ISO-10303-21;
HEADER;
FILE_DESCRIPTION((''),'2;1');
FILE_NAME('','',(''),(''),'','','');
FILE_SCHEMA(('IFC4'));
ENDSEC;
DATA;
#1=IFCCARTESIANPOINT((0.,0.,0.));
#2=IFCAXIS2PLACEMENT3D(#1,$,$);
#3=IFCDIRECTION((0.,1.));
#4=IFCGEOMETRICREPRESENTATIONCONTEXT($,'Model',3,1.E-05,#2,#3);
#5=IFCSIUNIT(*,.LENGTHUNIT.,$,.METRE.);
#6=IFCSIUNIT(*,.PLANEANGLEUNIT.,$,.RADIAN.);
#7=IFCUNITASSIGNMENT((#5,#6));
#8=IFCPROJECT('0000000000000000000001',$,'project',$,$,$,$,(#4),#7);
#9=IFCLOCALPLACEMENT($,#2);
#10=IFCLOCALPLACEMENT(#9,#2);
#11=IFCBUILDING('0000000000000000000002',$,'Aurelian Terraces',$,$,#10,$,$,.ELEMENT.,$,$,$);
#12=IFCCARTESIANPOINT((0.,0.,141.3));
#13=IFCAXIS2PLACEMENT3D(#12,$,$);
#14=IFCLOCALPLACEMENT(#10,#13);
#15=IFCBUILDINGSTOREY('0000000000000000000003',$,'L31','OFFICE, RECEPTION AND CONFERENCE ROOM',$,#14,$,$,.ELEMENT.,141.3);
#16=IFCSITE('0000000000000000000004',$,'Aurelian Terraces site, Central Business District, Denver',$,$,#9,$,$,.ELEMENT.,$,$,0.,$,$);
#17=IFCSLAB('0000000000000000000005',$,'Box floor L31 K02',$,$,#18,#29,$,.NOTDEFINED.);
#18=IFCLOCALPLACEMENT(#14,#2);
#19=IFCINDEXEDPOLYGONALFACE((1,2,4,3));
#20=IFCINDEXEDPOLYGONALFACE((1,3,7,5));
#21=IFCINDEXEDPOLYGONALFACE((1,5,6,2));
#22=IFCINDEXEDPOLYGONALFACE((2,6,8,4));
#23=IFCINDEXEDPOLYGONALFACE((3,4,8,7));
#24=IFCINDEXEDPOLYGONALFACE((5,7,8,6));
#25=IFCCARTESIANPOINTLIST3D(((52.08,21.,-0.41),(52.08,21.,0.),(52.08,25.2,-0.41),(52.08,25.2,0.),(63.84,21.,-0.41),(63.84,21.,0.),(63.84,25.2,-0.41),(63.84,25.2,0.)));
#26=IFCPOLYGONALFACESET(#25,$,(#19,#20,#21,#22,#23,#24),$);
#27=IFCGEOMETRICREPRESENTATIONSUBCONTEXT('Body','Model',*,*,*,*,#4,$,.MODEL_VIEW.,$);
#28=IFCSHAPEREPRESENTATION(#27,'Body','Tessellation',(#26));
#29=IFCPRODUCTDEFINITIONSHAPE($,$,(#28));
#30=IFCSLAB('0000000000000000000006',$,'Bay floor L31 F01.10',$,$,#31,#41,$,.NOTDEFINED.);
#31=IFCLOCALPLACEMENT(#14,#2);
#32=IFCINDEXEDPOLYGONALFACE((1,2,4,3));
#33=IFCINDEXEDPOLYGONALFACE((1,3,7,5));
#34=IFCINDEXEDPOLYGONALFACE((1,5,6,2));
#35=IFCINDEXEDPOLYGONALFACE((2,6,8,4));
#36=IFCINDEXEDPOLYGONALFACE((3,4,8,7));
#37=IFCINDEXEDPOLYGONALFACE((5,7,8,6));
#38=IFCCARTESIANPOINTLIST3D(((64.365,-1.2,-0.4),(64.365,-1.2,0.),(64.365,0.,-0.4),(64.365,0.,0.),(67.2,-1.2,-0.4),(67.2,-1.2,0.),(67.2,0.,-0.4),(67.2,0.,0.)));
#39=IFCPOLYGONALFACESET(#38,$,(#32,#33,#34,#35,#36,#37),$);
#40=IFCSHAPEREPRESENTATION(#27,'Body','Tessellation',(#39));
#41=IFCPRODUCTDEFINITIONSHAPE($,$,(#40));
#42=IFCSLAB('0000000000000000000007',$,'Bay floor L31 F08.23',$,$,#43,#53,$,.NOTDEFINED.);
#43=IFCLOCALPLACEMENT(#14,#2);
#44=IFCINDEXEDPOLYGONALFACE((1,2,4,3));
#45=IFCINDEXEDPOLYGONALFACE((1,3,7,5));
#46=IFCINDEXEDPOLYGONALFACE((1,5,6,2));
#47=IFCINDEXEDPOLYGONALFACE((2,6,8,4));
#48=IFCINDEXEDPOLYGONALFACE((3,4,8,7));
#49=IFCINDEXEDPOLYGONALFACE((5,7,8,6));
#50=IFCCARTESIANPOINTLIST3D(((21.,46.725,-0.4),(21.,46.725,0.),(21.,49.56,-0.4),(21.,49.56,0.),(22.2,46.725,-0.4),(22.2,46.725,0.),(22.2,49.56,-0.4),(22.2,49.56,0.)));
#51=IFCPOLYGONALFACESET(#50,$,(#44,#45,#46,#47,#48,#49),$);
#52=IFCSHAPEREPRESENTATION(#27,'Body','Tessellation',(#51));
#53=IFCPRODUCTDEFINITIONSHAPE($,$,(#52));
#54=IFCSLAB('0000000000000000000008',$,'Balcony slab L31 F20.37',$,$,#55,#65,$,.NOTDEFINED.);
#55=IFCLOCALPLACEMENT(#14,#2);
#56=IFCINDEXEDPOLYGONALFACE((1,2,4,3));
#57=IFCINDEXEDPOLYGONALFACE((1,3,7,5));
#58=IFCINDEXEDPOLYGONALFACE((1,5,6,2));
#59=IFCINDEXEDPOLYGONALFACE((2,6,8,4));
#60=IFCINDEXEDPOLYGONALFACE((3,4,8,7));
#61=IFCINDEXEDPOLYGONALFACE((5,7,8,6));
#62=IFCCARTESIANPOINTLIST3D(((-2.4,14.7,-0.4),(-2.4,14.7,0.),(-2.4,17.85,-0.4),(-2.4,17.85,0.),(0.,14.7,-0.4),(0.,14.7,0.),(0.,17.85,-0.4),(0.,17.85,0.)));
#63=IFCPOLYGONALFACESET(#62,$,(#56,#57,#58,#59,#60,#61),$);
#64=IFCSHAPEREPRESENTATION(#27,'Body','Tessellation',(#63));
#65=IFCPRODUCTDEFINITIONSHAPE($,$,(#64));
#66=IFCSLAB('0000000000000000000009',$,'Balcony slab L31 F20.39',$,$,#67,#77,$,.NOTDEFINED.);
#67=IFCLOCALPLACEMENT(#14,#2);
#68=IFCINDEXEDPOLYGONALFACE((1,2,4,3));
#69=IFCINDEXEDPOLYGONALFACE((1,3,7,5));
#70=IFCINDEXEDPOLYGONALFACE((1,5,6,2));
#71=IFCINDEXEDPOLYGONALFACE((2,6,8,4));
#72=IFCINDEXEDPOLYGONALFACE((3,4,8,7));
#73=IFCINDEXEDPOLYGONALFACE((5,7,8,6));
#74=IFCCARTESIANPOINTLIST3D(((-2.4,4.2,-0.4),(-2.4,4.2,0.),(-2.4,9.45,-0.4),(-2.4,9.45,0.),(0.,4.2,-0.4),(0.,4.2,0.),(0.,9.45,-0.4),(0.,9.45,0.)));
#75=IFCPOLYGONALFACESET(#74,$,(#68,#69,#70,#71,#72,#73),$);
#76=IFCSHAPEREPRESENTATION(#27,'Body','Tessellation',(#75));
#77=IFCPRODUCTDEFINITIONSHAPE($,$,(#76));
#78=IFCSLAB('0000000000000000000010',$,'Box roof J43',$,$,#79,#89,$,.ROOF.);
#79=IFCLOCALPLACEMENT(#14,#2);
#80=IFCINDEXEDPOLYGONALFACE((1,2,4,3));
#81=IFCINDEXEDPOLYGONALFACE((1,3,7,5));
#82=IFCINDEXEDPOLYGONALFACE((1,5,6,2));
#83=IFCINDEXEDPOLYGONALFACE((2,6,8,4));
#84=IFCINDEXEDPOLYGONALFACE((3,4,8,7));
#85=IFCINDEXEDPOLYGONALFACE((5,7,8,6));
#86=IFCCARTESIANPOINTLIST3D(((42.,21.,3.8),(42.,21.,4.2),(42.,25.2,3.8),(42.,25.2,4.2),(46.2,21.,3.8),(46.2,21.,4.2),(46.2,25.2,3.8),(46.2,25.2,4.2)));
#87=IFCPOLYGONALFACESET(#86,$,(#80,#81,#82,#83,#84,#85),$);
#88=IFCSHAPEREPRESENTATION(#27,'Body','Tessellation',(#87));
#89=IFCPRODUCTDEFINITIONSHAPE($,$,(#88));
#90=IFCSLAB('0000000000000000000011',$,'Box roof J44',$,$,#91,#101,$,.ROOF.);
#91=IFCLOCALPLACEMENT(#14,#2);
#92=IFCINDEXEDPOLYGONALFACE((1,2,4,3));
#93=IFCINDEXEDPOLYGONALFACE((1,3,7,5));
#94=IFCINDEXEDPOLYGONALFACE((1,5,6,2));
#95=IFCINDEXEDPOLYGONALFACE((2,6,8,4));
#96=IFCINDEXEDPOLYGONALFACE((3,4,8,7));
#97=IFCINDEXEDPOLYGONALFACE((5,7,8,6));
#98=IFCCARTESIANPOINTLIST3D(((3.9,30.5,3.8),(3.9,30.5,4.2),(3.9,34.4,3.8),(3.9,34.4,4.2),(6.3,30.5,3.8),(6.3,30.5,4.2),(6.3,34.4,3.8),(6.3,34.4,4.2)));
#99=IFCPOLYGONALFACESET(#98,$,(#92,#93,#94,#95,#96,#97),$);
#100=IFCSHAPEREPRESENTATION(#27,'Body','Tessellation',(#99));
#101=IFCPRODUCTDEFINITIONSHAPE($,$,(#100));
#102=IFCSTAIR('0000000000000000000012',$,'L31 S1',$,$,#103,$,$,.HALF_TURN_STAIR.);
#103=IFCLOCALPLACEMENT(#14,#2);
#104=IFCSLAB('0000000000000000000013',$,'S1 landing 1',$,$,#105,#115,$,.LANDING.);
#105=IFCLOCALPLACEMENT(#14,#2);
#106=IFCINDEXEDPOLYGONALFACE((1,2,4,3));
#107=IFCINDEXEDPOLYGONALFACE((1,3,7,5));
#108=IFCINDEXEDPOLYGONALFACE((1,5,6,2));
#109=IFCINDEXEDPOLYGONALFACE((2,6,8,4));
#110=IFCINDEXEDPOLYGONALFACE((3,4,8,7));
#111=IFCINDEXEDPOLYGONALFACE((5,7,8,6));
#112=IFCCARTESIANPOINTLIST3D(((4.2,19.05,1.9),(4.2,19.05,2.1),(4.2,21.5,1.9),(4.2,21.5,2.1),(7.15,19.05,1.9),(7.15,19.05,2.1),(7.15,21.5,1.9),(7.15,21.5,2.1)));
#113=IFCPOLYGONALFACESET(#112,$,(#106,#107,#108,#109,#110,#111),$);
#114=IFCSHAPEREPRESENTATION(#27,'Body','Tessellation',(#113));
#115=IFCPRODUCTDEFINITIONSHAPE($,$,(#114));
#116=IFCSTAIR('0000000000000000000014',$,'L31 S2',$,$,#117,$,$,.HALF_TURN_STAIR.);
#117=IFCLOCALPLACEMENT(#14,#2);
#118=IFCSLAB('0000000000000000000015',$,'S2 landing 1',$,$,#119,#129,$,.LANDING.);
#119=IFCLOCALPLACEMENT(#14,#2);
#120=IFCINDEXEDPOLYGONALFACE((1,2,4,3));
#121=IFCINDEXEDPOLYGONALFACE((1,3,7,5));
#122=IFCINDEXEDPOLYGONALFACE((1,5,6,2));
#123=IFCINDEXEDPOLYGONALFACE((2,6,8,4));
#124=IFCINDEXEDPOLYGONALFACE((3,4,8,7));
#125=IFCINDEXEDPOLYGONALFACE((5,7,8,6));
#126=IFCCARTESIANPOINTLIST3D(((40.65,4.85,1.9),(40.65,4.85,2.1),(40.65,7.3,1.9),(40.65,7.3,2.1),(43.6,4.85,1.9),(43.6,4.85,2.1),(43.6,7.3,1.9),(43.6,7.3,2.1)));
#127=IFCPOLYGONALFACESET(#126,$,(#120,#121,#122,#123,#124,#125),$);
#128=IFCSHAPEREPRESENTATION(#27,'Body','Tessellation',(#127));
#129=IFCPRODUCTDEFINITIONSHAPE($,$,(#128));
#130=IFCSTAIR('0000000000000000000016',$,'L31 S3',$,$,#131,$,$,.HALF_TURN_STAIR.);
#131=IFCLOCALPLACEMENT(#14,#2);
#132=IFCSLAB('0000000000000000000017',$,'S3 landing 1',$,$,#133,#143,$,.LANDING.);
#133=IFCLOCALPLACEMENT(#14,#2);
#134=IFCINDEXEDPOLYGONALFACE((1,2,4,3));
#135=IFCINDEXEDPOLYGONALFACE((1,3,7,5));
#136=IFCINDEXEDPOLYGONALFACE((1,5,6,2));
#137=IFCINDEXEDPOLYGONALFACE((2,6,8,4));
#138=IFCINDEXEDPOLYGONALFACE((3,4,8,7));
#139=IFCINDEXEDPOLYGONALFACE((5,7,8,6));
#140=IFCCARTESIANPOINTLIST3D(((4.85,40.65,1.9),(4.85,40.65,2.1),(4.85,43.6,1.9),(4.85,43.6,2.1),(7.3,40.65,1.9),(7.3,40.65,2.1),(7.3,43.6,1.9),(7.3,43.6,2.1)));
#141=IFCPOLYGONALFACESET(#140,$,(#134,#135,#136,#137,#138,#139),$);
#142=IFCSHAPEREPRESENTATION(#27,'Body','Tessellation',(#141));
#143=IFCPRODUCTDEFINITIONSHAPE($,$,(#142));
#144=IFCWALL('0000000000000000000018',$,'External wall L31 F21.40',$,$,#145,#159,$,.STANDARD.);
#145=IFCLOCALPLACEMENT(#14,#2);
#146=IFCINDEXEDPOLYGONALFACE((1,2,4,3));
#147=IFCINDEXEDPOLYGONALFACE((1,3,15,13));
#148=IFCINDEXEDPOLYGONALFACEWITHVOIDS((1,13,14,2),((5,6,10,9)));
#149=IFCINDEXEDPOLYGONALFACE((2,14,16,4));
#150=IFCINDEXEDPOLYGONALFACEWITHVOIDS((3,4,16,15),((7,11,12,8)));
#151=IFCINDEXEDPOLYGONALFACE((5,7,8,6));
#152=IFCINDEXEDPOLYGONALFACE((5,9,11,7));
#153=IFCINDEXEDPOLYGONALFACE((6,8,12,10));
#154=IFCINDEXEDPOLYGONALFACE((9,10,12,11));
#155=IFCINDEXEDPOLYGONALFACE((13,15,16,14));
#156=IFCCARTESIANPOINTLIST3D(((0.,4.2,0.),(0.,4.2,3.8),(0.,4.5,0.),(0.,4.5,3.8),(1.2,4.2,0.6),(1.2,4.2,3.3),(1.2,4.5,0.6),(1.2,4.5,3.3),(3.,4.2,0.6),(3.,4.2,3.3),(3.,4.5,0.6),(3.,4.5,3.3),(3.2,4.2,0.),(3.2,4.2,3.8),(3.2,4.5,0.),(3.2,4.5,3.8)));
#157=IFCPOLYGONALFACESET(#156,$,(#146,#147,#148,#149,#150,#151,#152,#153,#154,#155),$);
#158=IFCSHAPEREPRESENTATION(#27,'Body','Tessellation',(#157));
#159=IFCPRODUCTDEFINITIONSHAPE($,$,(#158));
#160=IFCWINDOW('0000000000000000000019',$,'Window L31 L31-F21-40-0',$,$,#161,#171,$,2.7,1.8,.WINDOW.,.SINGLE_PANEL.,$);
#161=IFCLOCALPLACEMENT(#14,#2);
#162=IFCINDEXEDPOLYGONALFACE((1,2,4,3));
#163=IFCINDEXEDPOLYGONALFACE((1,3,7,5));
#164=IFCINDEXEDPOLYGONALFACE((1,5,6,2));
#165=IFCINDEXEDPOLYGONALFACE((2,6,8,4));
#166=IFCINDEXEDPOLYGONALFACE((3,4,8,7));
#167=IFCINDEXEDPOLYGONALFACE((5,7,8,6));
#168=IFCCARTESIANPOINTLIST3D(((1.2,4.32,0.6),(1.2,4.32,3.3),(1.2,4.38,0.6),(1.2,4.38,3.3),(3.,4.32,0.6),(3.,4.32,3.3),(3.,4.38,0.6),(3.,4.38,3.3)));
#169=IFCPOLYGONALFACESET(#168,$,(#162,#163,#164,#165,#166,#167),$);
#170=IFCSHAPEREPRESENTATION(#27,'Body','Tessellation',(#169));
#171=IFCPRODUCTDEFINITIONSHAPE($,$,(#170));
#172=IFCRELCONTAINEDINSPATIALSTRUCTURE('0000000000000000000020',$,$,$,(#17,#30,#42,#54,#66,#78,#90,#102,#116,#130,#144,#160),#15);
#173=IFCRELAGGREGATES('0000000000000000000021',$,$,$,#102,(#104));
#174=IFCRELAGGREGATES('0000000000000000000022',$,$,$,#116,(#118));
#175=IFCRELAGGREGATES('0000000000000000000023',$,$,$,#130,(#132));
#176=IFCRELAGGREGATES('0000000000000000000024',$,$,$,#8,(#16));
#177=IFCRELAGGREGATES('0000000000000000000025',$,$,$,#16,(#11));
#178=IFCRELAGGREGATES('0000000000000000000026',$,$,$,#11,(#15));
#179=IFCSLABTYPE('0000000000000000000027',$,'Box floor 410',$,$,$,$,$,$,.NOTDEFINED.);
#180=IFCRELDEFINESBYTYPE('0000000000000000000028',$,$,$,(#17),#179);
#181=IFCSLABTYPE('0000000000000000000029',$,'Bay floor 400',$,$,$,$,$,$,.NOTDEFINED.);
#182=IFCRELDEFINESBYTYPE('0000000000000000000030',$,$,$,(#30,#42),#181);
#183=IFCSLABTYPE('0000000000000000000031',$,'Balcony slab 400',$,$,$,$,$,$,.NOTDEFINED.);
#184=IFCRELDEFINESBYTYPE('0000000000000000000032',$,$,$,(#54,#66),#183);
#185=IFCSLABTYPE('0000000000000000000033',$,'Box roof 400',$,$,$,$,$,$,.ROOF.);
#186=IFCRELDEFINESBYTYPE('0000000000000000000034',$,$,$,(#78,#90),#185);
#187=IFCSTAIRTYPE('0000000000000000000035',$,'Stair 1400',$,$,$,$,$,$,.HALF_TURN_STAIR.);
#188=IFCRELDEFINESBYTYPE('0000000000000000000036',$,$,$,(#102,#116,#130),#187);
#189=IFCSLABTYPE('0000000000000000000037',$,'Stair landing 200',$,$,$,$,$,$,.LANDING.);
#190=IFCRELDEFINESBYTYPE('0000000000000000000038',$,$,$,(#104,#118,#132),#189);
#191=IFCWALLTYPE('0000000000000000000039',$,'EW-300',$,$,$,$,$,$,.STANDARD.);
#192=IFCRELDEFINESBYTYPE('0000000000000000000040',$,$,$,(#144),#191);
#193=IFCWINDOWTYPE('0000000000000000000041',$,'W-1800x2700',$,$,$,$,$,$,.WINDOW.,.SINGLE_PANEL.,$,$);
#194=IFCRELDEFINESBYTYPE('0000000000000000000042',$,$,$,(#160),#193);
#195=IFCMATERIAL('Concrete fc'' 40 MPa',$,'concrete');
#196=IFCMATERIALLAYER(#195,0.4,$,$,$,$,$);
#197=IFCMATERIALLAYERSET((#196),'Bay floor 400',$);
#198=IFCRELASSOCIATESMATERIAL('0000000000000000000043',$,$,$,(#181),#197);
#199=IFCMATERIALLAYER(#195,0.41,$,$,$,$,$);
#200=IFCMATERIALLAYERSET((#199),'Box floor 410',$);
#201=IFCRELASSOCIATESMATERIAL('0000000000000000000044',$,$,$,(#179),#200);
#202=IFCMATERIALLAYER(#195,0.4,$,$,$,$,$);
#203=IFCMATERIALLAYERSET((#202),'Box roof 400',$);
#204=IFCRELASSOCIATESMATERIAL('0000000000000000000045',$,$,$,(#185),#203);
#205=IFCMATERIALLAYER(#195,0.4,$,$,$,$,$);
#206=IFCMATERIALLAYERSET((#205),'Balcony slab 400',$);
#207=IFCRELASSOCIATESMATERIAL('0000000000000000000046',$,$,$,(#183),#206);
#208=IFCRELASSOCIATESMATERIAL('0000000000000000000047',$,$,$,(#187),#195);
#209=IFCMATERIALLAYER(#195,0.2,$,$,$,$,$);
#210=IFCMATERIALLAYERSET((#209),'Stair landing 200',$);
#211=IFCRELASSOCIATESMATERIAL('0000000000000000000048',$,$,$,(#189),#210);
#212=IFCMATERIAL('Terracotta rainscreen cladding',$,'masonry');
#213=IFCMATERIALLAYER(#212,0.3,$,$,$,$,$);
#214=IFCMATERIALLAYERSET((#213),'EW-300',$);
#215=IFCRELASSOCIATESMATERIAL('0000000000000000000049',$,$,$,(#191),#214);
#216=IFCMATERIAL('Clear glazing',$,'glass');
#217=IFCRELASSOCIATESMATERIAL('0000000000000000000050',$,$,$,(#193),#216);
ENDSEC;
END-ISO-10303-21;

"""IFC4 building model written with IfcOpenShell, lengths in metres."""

from ifc_helpers import new_model, si_unit, direction, frame, frame_2d, origin, place, context, subcontext, project, spatial, polyline, rectangle, outline, extrude, source, transform, mapped, material, layer, layer_set, type_object, element, fill, aggregate, save


model = new_model("IFC4")

# Units and contexts
model_context = context("Model", 3, precision=1e-05, world=origin(), true_north=direction((0.0, 1.0)))
body_context = subcontext(model_context, "Body", "Model", "MODEL_VIEW")
ifc_project = project(units=[si_unit("LENGTHUNIT", "METRE"), si_unit("PLANEANGLEUNIT", "RADIAN")], contexts=[model_context])

# Site, building, storey
site_placement = place(None, origin())
site = spatial("IfcSite", under=ifc_project, at=site_placement, Name="Aurelian Terraces site, Central Business District, Denver", CompositionType="ELEMENT", RefElevation=0.0)
building_placement = place(site_placement, origin())
building = spatial("IfcBuilding", under=site, at=building_placement, Name="Aurelian Terraces", CompositionType="ELEMENT")
storey_placement = place(building_placement, frame((0.0, 0.0, 141.3)))
storey = spatial("IfcBuildingStorey", under=building, at=storey_placement, Name="L31", Description="OFFICE, RECEPTION AND CONFERENCE ROOM", CompositionType="ELEMENT", Elevation=141.3)

# Slabs
ifc_material_1 = material(Name="Concrete fc' 40 MPa", Category="concrete")
ifc_layer_1 = layer(ifc_material_1, 0.4)
ifc_layer_set_1 = layer_set([ifc_layer_1], Name="Bay floor 400")
slab_type_1 = type_object("IfcSlabType", Name="Bay floor 400", PredefinedType="NOTDEFINED", material=ifc_layer_set_1)
ifc_layer_2 = layer(ifc_material_1, 0.41)
ifc_layer_set_2 = layer_set([ifc_layer_2], Name="Box floor 410")
slab_type_2 = type_object("IfcSlabType", Name="Box floor 410", PredefinedType="NOTDEFINED", material=ifc_layer_set_2)
ifc_layer_3 = layer(ifc_material_1, 0.4)
ifc_layer_set_3 = layer_set([ifc_layer_3], Name="Box roof 400")
slab_type_3 = type_object("IfcSlabType", Name="Box roof 400", PredefinedType="ROOF", material=ifc_layer_set_3)
shared_shape_1 = source(origin(), body_context, "Body", "SweptSolid", [
    extrude(outline(polyline([(63.84, 25.2), (52.08, 25.2), (52.08, 21.0), (63.84, 21.0), (63.84, 25.2)])), origin(), (0.0, 0.0, 1.0), 0.41),
])
slab_1_placement = place(storey_placement, frame((0.0, 0.0, -0.41)))
element("IfcSlab", 1, at=slab_1_placement, inside=storey, type_object=slab_type_2, Name="Box floor L31 K02", PredefinedType="NOTDEFINED", context=body_context, shape_type="MappedRepresentation", body=[
    mapped(shared_shape_1, transform((0.0, 0.0, 0.0), scale=1.0)),
])
shared_shape_2 = source(origin(), body_context, "Body", "SweptSolid", [
    extrude(outline(polyline([(64.365, 0.0), (67.2, 0.0), (67.2, -1.2), (64.365, -1.2), (64.365, 0.0)])), origin(), (0.0, 0.0, 1.0), 0.4),
])
slab_2_placement = place(storey_placement, frame((0.0, 0.0, -0.4)))
element("IfcSlab", 2, at=slab_2_placement, inside=storey, type_object=slab_type_1, Name="Bay floor L31 F01.10", PredefinedType="NOTDEFINED", context=body_context, shape_type="MappedRepresentation", body=[
    mapped(shared_shape_2, transform((0.0, 0.0, 0.0), scale=1.0)),
])
shared_shape_3 = source(origin(), body_context, "Body", "SweptSolid", [
    extrude(outline(polyline([(21.0, 46.725), (21.0, 49.56), (22.2, 49.56), (22.2, 46.725), (21.0, 46.725)])), origin(), (0.0, 0.0, 1.0), 0.4),
])
slab_3_placement = place(storey_placement, frame((0.0, 0.0, -0.4)))
element("IfcSlab", 3, at=slab_3_placement, inside=storey, type_object=slab_type_1, Name="Bay floor L31 F08.23", PredefinedType="NOTDEFINED", context=body_context, shape_type="MappedRepresentation", body=[
    mapped(shared_shape_3, transform((0.0, 0.0, 0.0), scale=1.0)),
])
ifc_layer_4 = layer(ifc_material_1, 0.4)
ifc_layer_set_4 = layer_set([ifc_layer_4], Name="Balcony slab 400")
slab_type_4 = type_object("IfcSlabType", Name="Balcony slab 400", PredefinedType="NOTDEFINED", material=ifc_layer_set_4)
shared_shape_4 = source(origin(), body_context, "Body", "SweptSolid", [
    extrude(outline(polyline([(0.0, 17.85), (0.0, 14.7), (-2.4, 14.7), (-2.4, 17.85), (0.0, 17.85)])), origin(), (0.0, 0.0, 1.0), 0.4),
])
slab_4_placement = place(storey_placement, frame((0.0, 0.0, -0.4)))
element("IfcSlab", 4, at=slab_4_placement, inside=storey, type_object=slab_type_4, Name="Balcony slab L31 F20.37", PredefinedType="NOTDEFINED", context=body_context, shape_type="MappedRepresentation", body=[
    mapped(shared_shape_4, transform((0.0, 0.0, 0.0), scale=1.0)),
])
shared_shape_5 = source(origin(), body_context, "Body", "SweptSolid", [
    extrude(outline(polyline([(0.0, 9.45), (0.0, 4.2), (-2.4, 4.2), (-2.4, 9.45), (0.0, 9.45)])), origin(), (0.0, 0.0, 1.0), 0.4),
])
slab_5_placement = place(storey_placement, frame((0.0, 0.0, -0.4)))
element("IfcSlab", 5, at=slab_5_placement, inside=storey, type_object=slab_type_4, Name="Balcony slab L31 F20.39", PredefinedType="NOTDEFINED", context=body_context, shape_type="MappedRepresentation", body=[
    mapped(shared_shape_5, transform((0.0, 0.0, 0.0), scale=1.0)),
])
shared_shape_6 = source(origin(), body_context, "Body", "SweptSolid", [
    extrude(outline(polyline([(46.2, 25.2), (42.0, 25.2), (42.0, 21.0), (46.2, 21.0), (46.2, 25.2)])), origin(), (0.0, 0.0, 1.0), 0.4),
])
slab_6_placement = place(storey_placement, frame((0.0, 0.0, 3.8)))
element("IfcSlab", 6, at=slab_6_placement, inside=storey, type_object=slab_type_3, Name="Box roof J43", PredefinedType="ROOF", context=body_context, shape_type="MappedRepresentation", body=[
    mapped(shared_shape_6, transform((0.0, 0.0, 0.0), scale=1.0)),
])
shared_shape_7 = source(origin(), body_context, "Body", "SweptSolid", [
    extrude(outline(polyline([(3.9, 34.4), (3.9, 30.5), (6.3, 30.5), (6.3, 34.4), (3.9, 34.4)])), origin(), (0.0, 0.0, 1.0), 0.4),
])
slab_7_placement = place(storey_placement, frame((0.0, 0.0, 3.8)))
element("IfcSlab", 7, at=slab_7_placement, inside=storey, type_object=slab_type_3, Name="Box roof J44", PredefinedType="ROOF", context=body_context, shape_type="MappedRepresentation", body=[
    mapped(shared_shape_7, transform((0.0, 0.0, 0.0), scale=1.0)),
])

# Stairs, slabs
stair_type = type_object("IfcStairType", Name="Stair 1400", PredefinedType="HALF_TURN_STAIR", material=ifc_material_1)
stair_1_placement = place(storey_placement, origin())
stair_1 = element("IfcStair", 8, at=stair_1_placement, inside=storey, type_object=stair_type, Name="L31 S1", PredefinedType="HALF_TURN_STAIR")
ifc_layer_5 = layer(ifc_material_1, 0.2)
ifc_layer_set_5 = layer_set([ifc_layer_5], Name="Stair landing 200")
slab_type_5 = type_object("IfcSlabType", Name="Stair landing 200", PredefinedType="LANDING", material=ifc_layer_set_5)
shared_shape_8 = source(origin(), body_context, "Body", "SweptSolid", [
    extrude(outline(polyline([(7.15, 19.05), (7.15, 21.5), (4.2, 21.5), (4.2, 19.05), (7.15, 19.05)])), origin(), (0.0, 0.0, 1.0), 0.2),
])
slab_8_placement = place(storey_placement, frame((0.0, 0.0, 1.9)))
slab_8 = element("IfcSlab", 9, at=slab_8_placement, type_object=slab_type_5, Name="S1 landing 1", PredefinedType="LANDING", context=body_context, shape_type="MappedRepresentation", body=[
    mapped(shared_shape_8, transform((0.0, 0.0, 0.0), scale=1.0)),
])
aggregate(stair_1, [slab_8])
stair_2_placement = place(storey_placement, origin())
stair_2 = element("IfcStair", 10, at=stair_2_placement, inside=storey, type_object=stair_type, Name="L31 S2", PredefinedType="HALF_TURN_STAIR")
shared_shape_9 = source(origin(), body_context, "Body", "SweptSolid", [
    extrude(outline(polyline([(43.6, 4.85), (43.6, 7.3), (40.65, 7.3), (40.65, 4.85), (43.6, 4.85)])), origin(), (0.0, 0.0, 1.0), 0.2),
])
slab_9_placement = place(storey_placement, frame((0.0, 0.0, 1.9)))
slab_9 = element("IfcSlab", 11, at=slab_9_placement, type_object=slab_type_5, Name="S2 landing 1", PredefinedType="LANDING", context=body_context, shape_type="MappedRepresentation", body=[
    mapped(shared_shape_9, transform((0.0, 0.0, 0.0), scale=1.0)),
])
aggregate(stair_2, [slab_9])
stair_3_placement = place(storey_placement, origin())
stair_3 = element("IfcStair", 12, at=stair_3_placement, inside=storey, type_object=stair_type, Name="L31 S3", PredefinedType="HALF_TURN_STAIR")
shared_shape_10 = source(origin(), body_context, "Body", "SweptSolid", [
    extrude(outline(polyline([(4.85, 40.65), (7.3, 40.65), (7.3, 43.6), (4.85, 43.6), (4.85, 40.65)])), origin(), (0.0, 0.0, 1.0), 0.2),
])
slab_10_placement = place(storey_placement, frame((0.0, 0.0, 1.9)))
slab_10 = element("IfcSlab", 13, at=slab_10_placement, type_object=slab_type_5, Name="S3 landing 1", PredefinedType="LANDING", context=body_context, shape_type="MappedRepresentation", body=[
    mapped(shared_shape_10, transform((0.0, 0.0, 0.0), scale=1.0)),
])
aggregate(stair_3, [slab_10])

# Wall, opening, window
ifc_material_2 = material(Name="Terracotta rainscreen cladding", Category="masonry")
ifc_layer_6 = layer(ifc_material_2, 0.3)
ifc_layer_set_6 = layer_set([ifc_layer_6], Name="EW-300")
wall_type = type_object("IfcWallType", Name="EW-300", PredefinedType="STANDARD", material=ifc_layer_set_6)
shared_shape_11 = source(origin(), body_context, "Body", "SweptSolid", [
    extrude(rectangle(XDim=3.2, YDim=0.3, at=frame_2d((1.6, 0.0))), origin(), (0.0, 0.0, 1.0), 3.8),
])
wall_1_placement = place(storey_placement, frame((0.0, 4.35, 0.0), z_axis=(0.0, 0.0, 1.0), x_axis=(1.0, 0.0, 0.0)))
wall_1 = element("IfcWall", 14, at=wall_1_placement, inside=storey, type_object=wall_type, Name="External wall L31 F21.40", PredefinedType="STANDARD", context=body_context, shape_type="MappedRepresentation", body=[
    mapped(shared_shape_11, transform((0.0, 0.0, 0.0), scale=1.0)),
])
shared_shape_12 = source(origin(), body_context, "Body", "SweptSolid", [
    extrude(rectangle(XDim=1.8, YDim=2.7, at=frame_2d((0.9, 1.35))), frame((0.0, 0.16, 0.0), z_axis=(0.0, -1.0, 0.0), x_axis=(1.0, 0.0, 0.0)), (0.0, 0.0, 1.0), 0.32),
])
opening_1_placement = place(wall_1_placement, frame((1.2, 0.0, 0.6)))
opening_1 = element("IfcOpeningElement", 15, at=opening_1_placement, cuts=wall_1, PredefinedType="OPENING", context=body_context, shape_type="MappedRepresentation", body=[
    mapped(shared_shape_12, transform((0.0, 0.0, 0.0), scale=1.0)),
])
ifc_material_3 = material(Name="Clear glazing", Category="glass")
window_type = type_object("IfcWindowType", Name="W-1800x2700", PartitioningType="SINGLE_PANEL", PredefinedType="WINDOW", material=ifc_material_3)
shared_shape_13 = source(origin(), body_context, "Body", "SweptSolid", [
    extrude(rectangle(XDim=1.8, YDim=2.7, at=frame_2d((0.9, 1.35))), frame((0.0, 0.03, 0.0), z_axis=(0.0, -1.0, 0.0), x_axis=(1.0, 0.0, 0.0)), (0.0, 0.0, 1.0), 0.06),
])
window_1_placement = place(opening_1_placement, origin())
window_1 = element("IfcWindow", 16, at=window_1_placement, inside=storey, type_object=window_type, Name="Window L31 L31-F21-40-0", OverallHeight=2.7, OverallWidth=1.8, PartitioningType="SINGLE_PANEL", PredefinedType="WINDOW", context=body_context, shape_type="MappedRepresentation", body=[
    mapped(shared_shape_13, transform((0.0, 0.0, 0.0), scale=1.0)),
])
fill(opening_1, window_1)

save(model, "model.ifc")
